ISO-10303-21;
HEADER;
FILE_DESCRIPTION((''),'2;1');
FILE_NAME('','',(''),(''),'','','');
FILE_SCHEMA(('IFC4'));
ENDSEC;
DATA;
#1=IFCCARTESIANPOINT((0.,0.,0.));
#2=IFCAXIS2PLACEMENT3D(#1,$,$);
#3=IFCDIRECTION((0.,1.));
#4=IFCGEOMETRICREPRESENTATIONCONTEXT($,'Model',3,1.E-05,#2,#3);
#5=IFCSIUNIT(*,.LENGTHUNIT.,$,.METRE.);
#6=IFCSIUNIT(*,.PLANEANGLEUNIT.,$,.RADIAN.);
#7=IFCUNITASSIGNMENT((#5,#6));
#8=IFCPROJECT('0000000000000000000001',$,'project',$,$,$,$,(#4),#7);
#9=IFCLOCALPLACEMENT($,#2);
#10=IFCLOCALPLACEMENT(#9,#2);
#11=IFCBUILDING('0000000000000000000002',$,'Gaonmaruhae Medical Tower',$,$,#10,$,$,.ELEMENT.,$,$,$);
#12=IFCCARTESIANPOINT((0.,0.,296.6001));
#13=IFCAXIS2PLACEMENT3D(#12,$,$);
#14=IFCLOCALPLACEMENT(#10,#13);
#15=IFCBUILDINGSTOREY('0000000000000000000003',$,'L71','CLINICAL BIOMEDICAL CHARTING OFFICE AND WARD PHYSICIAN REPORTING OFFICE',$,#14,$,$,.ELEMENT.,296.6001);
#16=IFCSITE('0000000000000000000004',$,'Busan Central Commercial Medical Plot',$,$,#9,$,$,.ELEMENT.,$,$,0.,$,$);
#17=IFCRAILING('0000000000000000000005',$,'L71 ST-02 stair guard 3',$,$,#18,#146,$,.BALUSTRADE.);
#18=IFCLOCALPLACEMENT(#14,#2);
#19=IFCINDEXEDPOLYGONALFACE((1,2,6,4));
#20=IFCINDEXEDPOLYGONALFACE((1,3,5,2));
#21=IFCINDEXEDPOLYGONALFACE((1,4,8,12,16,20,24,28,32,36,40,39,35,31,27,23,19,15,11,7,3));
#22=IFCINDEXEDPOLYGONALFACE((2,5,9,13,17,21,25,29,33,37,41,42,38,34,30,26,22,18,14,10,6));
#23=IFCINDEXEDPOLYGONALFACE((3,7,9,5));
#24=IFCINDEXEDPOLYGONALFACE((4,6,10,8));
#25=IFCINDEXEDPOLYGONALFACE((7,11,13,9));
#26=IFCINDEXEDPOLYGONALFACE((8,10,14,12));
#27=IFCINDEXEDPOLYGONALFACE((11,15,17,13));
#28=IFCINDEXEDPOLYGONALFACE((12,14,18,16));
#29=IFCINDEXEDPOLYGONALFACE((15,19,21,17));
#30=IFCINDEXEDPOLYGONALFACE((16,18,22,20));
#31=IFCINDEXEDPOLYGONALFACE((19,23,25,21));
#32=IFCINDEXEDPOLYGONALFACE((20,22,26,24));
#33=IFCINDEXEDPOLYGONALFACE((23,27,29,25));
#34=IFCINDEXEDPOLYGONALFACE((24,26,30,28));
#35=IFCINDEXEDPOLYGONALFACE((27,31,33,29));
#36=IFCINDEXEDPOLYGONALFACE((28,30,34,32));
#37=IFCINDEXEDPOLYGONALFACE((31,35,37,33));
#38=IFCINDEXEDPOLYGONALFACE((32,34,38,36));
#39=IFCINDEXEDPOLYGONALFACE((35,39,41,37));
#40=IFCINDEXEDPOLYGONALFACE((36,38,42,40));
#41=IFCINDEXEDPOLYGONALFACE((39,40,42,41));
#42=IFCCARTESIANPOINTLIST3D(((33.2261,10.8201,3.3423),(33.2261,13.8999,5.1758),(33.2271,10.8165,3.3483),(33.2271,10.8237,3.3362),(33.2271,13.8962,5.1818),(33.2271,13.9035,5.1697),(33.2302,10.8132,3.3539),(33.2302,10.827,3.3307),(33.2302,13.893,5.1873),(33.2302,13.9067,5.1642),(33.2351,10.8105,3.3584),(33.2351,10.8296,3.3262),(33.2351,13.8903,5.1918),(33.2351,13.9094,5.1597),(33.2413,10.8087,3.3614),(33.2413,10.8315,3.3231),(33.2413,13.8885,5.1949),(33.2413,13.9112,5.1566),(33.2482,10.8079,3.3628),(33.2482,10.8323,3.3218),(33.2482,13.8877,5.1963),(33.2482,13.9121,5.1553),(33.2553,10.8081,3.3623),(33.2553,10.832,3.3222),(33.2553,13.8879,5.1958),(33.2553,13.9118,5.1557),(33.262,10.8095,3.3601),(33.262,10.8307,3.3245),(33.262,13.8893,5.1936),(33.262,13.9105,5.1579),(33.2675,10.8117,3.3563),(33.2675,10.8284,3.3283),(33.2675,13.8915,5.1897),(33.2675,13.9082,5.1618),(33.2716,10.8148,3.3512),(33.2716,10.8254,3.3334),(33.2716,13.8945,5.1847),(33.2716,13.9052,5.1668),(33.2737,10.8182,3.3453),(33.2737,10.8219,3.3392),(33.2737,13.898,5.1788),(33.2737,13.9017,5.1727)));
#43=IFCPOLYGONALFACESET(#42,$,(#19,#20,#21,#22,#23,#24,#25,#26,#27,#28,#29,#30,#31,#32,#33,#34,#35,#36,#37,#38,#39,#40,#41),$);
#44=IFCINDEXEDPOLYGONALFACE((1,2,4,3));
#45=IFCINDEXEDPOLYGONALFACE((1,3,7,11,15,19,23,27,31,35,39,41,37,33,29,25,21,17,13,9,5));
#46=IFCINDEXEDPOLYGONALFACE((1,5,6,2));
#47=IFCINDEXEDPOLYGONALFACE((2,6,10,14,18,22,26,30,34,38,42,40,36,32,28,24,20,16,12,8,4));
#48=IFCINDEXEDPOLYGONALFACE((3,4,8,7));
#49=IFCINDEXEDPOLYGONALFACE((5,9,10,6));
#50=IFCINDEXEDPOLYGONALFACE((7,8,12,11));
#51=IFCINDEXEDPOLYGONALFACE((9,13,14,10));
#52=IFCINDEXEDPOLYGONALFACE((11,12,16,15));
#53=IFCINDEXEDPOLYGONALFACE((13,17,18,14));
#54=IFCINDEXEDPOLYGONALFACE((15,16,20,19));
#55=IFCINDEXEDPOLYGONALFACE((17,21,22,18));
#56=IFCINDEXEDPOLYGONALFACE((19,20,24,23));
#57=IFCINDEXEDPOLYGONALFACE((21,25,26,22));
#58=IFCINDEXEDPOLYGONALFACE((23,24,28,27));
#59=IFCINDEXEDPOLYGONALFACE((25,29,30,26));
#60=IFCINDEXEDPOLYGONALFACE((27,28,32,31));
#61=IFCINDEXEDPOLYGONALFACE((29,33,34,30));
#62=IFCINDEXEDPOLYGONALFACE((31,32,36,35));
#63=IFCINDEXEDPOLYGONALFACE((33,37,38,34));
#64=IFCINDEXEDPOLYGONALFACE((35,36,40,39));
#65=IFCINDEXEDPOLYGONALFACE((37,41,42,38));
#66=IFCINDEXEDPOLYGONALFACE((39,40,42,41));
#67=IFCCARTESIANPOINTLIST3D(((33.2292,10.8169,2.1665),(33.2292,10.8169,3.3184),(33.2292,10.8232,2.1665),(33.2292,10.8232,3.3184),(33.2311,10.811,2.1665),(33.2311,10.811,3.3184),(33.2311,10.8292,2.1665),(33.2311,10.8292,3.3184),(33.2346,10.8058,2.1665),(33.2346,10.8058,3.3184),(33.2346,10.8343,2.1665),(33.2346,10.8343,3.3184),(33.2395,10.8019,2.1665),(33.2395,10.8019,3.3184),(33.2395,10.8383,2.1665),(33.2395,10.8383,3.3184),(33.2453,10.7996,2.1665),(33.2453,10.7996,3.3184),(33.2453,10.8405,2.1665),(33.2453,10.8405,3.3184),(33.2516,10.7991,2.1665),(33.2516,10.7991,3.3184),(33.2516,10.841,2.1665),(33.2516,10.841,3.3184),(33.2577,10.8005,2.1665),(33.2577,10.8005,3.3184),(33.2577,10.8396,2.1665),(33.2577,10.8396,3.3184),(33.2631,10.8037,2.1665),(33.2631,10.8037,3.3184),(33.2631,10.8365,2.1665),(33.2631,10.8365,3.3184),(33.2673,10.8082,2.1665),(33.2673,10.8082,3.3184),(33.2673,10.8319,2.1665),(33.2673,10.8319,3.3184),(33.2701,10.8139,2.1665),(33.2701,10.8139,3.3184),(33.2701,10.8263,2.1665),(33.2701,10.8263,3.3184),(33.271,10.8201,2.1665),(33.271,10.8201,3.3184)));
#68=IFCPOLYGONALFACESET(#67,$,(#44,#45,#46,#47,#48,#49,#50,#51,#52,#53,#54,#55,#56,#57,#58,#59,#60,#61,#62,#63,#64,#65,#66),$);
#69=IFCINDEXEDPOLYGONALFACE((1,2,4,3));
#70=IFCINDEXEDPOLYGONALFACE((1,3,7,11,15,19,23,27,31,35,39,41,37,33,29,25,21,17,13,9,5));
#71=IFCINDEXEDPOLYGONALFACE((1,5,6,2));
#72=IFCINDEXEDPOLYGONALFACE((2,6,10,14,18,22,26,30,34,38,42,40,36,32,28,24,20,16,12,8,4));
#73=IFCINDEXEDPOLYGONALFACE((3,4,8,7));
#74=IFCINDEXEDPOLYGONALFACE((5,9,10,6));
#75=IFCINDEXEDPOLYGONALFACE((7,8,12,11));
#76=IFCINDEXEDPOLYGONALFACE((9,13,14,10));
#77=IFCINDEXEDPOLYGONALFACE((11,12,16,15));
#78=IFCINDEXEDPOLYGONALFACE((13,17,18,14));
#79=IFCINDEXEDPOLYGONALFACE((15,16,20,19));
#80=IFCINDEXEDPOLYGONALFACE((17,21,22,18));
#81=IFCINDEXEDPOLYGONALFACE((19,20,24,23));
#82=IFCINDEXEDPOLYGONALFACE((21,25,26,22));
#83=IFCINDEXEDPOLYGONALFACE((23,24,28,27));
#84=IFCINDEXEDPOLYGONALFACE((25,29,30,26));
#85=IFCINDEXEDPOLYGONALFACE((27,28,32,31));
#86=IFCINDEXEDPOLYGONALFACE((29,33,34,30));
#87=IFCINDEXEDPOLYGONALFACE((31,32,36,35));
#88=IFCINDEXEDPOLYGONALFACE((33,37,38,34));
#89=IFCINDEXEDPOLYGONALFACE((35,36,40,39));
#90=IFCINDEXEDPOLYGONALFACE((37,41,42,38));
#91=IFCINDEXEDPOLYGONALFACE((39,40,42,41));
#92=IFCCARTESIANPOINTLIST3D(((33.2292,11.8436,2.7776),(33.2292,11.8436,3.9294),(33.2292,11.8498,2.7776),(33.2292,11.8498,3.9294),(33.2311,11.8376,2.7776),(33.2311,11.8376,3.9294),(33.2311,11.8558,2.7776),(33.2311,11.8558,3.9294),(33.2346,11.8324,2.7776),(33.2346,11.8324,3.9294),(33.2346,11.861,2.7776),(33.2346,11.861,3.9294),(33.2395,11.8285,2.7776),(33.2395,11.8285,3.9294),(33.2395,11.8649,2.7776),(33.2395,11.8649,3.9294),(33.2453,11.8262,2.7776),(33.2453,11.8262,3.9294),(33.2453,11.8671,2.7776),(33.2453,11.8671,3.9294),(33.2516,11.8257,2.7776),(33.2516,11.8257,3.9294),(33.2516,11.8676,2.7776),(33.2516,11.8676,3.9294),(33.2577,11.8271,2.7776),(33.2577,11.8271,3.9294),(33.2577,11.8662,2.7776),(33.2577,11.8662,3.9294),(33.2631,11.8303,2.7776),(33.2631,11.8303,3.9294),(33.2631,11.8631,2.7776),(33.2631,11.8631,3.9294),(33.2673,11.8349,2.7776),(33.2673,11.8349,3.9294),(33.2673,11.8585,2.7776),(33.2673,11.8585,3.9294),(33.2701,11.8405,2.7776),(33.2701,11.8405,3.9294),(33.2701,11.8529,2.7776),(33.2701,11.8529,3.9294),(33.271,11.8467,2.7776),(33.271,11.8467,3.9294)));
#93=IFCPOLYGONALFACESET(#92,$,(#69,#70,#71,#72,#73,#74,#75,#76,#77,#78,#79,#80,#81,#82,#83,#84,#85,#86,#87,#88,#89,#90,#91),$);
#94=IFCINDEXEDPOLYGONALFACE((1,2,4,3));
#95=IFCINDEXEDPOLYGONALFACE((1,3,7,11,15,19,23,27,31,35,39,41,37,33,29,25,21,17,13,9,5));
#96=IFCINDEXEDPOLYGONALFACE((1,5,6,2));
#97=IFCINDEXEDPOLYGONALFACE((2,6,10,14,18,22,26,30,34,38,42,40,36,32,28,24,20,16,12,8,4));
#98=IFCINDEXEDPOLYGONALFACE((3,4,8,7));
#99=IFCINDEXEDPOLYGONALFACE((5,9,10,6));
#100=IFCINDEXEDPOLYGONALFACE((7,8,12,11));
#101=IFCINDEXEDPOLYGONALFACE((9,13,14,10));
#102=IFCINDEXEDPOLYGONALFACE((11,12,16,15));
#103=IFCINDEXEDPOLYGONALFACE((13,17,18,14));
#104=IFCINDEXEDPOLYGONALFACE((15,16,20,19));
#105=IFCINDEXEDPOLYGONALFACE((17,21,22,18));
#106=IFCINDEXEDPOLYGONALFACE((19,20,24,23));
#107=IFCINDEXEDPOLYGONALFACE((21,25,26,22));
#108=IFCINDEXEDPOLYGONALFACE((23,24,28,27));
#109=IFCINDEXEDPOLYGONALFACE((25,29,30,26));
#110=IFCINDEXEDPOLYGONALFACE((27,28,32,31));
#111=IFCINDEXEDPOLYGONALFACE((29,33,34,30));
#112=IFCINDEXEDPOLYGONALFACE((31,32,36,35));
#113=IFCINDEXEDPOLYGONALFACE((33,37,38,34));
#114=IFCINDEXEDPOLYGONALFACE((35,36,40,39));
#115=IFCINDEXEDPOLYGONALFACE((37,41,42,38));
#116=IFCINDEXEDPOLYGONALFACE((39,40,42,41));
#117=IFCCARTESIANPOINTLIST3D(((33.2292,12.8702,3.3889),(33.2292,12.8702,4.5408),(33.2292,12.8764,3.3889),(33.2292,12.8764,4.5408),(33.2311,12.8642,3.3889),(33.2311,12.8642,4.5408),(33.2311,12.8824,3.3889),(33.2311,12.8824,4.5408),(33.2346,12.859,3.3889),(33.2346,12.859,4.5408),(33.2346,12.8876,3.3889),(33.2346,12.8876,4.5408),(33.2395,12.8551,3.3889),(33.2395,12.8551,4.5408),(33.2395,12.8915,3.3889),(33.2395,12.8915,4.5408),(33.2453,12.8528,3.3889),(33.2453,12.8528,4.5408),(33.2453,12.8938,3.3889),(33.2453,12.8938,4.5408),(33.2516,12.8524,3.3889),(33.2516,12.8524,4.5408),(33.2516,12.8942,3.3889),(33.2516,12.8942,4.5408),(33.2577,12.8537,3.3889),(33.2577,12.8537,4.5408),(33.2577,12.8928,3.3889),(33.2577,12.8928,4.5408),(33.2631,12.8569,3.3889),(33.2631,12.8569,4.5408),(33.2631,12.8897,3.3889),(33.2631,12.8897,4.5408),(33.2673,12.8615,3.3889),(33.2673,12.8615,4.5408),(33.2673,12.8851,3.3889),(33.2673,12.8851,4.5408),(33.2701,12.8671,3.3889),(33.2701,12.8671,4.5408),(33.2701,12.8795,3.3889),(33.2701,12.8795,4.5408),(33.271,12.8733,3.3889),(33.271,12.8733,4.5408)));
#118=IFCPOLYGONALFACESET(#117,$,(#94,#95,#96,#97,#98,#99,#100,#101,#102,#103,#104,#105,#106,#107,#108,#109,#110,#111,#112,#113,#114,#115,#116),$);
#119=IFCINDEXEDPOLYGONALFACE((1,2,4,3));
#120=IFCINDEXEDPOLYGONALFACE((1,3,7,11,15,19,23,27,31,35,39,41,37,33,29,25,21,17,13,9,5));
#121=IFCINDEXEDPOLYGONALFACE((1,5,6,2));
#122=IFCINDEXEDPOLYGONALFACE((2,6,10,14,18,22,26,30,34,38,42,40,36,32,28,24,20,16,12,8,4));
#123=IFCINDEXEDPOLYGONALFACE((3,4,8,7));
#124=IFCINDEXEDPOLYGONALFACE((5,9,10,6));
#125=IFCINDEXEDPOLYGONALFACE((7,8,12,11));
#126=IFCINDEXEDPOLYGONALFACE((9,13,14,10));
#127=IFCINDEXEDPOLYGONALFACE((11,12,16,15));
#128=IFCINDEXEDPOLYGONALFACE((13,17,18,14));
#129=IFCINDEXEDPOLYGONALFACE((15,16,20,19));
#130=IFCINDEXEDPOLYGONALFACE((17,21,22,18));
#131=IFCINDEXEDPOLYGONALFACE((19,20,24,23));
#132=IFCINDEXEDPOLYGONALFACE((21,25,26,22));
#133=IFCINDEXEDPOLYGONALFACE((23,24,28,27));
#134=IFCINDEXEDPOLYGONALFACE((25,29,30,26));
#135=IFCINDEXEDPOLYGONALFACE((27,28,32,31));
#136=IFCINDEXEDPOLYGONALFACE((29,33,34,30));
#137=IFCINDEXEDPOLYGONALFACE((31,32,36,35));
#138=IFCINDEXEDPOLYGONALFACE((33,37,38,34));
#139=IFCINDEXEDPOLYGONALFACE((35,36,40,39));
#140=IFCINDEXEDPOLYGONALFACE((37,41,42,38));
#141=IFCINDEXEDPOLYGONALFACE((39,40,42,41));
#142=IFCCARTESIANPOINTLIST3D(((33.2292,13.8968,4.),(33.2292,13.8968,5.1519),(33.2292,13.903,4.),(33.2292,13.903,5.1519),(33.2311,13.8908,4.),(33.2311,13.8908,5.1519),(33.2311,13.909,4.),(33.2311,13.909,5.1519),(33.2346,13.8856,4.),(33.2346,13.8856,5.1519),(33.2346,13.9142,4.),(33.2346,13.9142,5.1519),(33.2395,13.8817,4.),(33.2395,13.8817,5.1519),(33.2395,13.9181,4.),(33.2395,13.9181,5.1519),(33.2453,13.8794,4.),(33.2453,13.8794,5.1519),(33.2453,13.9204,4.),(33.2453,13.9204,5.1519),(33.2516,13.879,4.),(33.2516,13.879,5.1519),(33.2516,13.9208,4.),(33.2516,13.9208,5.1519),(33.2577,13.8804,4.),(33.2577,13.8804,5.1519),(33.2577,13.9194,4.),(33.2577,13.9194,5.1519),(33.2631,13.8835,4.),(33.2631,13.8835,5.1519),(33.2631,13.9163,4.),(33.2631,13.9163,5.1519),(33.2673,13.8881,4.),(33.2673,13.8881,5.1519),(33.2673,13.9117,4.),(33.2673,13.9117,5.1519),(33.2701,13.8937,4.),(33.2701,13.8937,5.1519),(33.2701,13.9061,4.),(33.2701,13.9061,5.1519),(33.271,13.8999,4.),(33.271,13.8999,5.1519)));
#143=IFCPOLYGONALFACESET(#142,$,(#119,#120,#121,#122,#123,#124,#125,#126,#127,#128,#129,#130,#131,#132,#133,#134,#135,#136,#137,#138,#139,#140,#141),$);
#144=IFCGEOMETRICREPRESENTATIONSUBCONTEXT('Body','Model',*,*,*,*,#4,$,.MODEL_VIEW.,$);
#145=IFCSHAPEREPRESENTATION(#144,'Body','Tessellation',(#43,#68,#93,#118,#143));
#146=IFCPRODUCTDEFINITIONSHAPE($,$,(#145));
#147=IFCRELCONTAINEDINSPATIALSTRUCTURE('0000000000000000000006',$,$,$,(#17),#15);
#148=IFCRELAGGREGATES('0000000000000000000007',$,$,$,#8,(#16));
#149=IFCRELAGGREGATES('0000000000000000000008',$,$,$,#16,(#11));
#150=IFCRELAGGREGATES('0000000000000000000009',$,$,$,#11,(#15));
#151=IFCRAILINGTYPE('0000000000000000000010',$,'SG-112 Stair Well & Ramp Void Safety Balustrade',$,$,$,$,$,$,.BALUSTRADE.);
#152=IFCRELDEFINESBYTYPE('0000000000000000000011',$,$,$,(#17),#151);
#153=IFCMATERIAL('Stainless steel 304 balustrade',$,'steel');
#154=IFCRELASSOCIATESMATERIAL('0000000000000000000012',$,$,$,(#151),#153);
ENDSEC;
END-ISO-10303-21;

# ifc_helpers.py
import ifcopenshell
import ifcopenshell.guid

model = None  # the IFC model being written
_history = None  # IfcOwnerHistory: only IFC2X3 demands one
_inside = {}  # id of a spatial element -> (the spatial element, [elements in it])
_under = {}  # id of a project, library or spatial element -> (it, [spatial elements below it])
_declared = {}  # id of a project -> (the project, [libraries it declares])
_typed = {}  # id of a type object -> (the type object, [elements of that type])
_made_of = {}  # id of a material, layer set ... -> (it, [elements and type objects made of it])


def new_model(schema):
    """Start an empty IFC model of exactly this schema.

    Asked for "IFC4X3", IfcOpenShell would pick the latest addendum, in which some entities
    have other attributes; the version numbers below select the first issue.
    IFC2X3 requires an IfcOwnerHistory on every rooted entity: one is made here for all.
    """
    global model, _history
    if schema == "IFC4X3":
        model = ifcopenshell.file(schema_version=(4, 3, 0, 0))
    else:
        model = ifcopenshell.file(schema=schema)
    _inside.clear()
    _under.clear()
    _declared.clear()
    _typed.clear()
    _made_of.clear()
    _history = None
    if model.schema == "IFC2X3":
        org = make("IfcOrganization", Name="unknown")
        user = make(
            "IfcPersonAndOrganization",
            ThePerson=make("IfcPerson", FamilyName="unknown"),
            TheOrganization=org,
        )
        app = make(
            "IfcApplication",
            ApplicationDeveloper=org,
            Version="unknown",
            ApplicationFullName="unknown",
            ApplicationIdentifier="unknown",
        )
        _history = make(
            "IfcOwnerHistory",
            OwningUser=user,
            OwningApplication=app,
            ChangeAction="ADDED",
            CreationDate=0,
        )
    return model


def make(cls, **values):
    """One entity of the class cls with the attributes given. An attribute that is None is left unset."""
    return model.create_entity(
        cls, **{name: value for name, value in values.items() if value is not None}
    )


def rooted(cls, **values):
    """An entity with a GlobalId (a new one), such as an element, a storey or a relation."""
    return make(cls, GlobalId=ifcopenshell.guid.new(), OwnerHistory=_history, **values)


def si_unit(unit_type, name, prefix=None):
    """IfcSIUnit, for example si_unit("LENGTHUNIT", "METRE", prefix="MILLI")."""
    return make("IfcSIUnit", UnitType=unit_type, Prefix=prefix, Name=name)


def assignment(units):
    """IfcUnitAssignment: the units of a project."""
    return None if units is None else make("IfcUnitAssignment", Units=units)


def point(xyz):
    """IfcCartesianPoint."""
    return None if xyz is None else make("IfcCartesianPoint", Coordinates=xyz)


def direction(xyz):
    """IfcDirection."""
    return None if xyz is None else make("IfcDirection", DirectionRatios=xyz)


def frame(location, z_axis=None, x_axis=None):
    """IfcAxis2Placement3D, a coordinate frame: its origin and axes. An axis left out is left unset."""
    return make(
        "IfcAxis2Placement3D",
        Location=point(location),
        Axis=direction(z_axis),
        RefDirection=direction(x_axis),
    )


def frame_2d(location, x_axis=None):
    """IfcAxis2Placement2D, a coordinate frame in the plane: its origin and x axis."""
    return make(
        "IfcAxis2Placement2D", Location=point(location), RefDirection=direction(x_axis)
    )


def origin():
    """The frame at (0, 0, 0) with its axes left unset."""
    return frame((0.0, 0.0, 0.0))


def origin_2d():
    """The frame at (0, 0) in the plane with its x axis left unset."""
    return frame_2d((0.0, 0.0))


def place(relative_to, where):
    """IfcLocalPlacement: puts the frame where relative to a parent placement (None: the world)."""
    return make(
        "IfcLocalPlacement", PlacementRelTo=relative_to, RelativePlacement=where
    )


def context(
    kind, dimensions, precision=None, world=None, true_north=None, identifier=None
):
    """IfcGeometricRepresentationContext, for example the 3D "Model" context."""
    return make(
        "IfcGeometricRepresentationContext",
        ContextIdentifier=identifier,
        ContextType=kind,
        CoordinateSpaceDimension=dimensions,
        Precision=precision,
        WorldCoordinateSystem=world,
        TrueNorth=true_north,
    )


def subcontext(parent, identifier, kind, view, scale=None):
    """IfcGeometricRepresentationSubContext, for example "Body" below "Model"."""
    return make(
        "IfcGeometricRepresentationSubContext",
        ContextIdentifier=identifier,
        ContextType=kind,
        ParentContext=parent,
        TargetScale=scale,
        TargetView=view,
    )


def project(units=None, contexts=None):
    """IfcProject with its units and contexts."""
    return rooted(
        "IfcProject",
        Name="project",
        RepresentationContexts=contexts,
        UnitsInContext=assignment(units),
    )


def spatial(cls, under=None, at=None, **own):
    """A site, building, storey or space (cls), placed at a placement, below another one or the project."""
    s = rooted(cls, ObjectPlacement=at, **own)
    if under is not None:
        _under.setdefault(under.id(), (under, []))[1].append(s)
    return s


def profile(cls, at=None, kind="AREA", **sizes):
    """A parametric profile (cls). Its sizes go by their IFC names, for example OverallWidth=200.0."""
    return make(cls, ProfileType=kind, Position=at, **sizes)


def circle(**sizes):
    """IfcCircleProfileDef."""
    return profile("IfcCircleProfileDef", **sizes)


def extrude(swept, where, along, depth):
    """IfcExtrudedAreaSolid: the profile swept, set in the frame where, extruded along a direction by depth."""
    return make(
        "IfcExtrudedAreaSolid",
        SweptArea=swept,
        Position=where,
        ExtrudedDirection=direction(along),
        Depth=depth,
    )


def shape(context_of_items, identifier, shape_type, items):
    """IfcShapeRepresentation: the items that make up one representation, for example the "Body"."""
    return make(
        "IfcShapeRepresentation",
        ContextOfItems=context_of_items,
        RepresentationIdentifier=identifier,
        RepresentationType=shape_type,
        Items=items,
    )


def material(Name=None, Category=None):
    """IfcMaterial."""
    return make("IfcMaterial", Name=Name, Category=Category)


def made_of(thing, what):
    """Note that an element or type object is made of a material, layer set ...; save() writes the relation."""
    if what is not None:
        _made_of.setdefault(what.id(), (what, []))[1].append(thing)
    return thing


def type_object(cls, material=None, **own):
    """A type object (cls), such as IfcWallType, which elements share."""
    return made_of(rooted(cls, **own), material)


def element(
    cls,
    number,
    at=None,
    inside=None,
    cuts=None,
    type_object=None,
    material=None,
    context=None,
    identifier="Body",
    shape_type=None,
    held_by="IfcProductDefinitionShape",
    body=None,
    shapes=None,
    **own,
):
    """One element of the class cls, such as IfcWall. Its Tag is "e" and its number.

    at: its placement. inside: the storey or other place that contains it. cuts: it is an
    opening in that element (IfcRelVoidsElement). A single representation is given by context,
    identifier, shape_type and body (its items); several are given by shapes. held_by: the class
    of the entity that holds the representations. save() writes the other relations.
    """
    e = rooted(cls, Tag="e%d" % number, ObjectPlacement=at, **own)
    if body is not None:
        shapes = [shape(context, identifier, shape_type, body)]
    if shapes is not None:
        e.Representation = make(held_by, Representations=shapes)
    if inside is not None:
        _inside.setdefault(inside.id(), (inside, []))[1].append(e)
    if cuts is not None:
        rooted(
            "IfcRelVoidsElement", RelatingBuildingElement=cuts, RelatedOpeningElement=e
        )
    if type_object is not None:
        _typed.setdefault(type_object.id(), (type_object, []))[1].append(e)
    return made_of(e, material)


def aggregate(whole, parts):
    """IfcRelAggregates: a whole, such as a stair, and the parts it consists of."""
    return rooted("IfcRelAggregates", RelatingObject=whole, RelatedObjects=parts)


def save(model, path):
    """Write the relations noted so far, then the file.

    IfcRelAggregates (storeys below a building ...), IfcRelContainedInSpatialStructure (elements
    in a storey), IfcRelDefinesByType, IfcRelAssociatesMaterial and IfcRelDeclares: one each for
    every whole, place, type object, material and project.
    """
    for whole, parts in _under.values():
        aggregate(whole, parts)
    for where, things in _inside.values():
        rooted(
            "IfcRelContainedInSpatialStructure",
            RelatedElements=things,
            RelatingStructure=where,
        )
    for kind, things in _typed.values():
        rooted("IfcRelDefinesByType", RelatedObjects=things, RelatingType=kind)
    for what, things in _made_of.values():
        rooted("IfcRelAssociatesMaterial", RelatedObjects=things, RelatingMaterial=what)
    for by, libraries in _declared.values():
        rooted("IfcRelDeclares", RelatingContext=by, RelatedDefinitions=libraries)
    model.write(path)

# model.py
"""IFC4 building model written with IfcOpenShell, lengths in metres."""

from ifc_helpers import new_model, si_unit, direction, frame, origin, origin_2d, place, context, subcontext, project, spatial, circle, extrude, material, type_object, element, save


model = new_model("IFC4")

# Units and contexts
model_context = context("Model", 3, precision=1e-05, world=origin(), true_north=direction((0.0, 1.0)))
body_context = subcontext(model_context, "Body", "Model", "MODEL_VIEW")
ifc_project = project(units=[si_unit("LENGTHUNIT", "METRE"), si_unit("PLANEANGLEUNIT", "RADIAN")], contexts=[model_context])

# Site, building, storey
site_placement = place(None, origin())
site = spatial("IfcSite", under=ifc_project, at=site_placement, Name="Busan Central Commercial Medical Plot", CompositionType="ELEMENT", RefElevation=0.0)
building_placement = place(site_placement, origin())
building = spatial("IfcBuilding", under=site, at=building_placement, Name="Gaonmaruhae Medical Tower", CompositionType="ELEMENT")
storey_placement = place(building_placement, frame((0.0, 0.0, 296.6001)))
storey = spatial("IfcBuildingStorey", under=building, at=storey_placement, Name="L71", Description="CLINICAL BIOMEDICAL CHARTING OFFICE AND WARD PHYSICIAN REPORTING OFFICE", CompositionType="ELEMENT", Elevation=296.6001)

# Railing
ifc_material_1 = material(Name="Stainless steel 304 balustrade", Category="steel")
railing_type_1 = type_object("IfcRailingType", Name="SG-112 Stair Well & Ramp Void Safety Balustrade", PredefinedType="BALUSTRADE", material=ifc_material_1)
railing_1_placement = place(storey_placement, frame((33.25, 10.8201, 2.1665)))
element("IfcRailing", 1, at=railing_1_placement, inside=storey, type_object=railing_type_1, Name="L71 ST-02 stair guard 3", PredefinedType="BALUSTRADE", context=body_context, shape_type="SweptSolid", body=[
    extrude(circle(Radius=0.0239, at=origin_2d()), frame((0.0, 0.0, 1.1758), z_axis=(0.0, 0.859261, 0.511538), x_axis=(-1.0, 0.0, 0.0)), (0.0, 0.0, 1.0), 3.5842),
    extrude(circle(Radius=0.021, at=origin_2d()), origin(), (0.0, 0.0, 1.0), 1.1519),
    extrude(circle(Radius=0.021, at=origin_2d()), frame((0.0, 1.0266, 0.6111)), (0.0, 0.0, 1.0), 1.1519),
    extrude(circle(Radius=0.021, at=origin_2d()), frame((0.0, 2.0532, 1.2224)), (0.0, 0.0, 1.0), 1.1519),
    extrude(circle(Radius=0.021, at=origin_2d()), frame((0.0, 3.0798, 1.8335)), (0.0, 0.0, 1.0), 1.1519),
])

save(model, "model.ifc")
